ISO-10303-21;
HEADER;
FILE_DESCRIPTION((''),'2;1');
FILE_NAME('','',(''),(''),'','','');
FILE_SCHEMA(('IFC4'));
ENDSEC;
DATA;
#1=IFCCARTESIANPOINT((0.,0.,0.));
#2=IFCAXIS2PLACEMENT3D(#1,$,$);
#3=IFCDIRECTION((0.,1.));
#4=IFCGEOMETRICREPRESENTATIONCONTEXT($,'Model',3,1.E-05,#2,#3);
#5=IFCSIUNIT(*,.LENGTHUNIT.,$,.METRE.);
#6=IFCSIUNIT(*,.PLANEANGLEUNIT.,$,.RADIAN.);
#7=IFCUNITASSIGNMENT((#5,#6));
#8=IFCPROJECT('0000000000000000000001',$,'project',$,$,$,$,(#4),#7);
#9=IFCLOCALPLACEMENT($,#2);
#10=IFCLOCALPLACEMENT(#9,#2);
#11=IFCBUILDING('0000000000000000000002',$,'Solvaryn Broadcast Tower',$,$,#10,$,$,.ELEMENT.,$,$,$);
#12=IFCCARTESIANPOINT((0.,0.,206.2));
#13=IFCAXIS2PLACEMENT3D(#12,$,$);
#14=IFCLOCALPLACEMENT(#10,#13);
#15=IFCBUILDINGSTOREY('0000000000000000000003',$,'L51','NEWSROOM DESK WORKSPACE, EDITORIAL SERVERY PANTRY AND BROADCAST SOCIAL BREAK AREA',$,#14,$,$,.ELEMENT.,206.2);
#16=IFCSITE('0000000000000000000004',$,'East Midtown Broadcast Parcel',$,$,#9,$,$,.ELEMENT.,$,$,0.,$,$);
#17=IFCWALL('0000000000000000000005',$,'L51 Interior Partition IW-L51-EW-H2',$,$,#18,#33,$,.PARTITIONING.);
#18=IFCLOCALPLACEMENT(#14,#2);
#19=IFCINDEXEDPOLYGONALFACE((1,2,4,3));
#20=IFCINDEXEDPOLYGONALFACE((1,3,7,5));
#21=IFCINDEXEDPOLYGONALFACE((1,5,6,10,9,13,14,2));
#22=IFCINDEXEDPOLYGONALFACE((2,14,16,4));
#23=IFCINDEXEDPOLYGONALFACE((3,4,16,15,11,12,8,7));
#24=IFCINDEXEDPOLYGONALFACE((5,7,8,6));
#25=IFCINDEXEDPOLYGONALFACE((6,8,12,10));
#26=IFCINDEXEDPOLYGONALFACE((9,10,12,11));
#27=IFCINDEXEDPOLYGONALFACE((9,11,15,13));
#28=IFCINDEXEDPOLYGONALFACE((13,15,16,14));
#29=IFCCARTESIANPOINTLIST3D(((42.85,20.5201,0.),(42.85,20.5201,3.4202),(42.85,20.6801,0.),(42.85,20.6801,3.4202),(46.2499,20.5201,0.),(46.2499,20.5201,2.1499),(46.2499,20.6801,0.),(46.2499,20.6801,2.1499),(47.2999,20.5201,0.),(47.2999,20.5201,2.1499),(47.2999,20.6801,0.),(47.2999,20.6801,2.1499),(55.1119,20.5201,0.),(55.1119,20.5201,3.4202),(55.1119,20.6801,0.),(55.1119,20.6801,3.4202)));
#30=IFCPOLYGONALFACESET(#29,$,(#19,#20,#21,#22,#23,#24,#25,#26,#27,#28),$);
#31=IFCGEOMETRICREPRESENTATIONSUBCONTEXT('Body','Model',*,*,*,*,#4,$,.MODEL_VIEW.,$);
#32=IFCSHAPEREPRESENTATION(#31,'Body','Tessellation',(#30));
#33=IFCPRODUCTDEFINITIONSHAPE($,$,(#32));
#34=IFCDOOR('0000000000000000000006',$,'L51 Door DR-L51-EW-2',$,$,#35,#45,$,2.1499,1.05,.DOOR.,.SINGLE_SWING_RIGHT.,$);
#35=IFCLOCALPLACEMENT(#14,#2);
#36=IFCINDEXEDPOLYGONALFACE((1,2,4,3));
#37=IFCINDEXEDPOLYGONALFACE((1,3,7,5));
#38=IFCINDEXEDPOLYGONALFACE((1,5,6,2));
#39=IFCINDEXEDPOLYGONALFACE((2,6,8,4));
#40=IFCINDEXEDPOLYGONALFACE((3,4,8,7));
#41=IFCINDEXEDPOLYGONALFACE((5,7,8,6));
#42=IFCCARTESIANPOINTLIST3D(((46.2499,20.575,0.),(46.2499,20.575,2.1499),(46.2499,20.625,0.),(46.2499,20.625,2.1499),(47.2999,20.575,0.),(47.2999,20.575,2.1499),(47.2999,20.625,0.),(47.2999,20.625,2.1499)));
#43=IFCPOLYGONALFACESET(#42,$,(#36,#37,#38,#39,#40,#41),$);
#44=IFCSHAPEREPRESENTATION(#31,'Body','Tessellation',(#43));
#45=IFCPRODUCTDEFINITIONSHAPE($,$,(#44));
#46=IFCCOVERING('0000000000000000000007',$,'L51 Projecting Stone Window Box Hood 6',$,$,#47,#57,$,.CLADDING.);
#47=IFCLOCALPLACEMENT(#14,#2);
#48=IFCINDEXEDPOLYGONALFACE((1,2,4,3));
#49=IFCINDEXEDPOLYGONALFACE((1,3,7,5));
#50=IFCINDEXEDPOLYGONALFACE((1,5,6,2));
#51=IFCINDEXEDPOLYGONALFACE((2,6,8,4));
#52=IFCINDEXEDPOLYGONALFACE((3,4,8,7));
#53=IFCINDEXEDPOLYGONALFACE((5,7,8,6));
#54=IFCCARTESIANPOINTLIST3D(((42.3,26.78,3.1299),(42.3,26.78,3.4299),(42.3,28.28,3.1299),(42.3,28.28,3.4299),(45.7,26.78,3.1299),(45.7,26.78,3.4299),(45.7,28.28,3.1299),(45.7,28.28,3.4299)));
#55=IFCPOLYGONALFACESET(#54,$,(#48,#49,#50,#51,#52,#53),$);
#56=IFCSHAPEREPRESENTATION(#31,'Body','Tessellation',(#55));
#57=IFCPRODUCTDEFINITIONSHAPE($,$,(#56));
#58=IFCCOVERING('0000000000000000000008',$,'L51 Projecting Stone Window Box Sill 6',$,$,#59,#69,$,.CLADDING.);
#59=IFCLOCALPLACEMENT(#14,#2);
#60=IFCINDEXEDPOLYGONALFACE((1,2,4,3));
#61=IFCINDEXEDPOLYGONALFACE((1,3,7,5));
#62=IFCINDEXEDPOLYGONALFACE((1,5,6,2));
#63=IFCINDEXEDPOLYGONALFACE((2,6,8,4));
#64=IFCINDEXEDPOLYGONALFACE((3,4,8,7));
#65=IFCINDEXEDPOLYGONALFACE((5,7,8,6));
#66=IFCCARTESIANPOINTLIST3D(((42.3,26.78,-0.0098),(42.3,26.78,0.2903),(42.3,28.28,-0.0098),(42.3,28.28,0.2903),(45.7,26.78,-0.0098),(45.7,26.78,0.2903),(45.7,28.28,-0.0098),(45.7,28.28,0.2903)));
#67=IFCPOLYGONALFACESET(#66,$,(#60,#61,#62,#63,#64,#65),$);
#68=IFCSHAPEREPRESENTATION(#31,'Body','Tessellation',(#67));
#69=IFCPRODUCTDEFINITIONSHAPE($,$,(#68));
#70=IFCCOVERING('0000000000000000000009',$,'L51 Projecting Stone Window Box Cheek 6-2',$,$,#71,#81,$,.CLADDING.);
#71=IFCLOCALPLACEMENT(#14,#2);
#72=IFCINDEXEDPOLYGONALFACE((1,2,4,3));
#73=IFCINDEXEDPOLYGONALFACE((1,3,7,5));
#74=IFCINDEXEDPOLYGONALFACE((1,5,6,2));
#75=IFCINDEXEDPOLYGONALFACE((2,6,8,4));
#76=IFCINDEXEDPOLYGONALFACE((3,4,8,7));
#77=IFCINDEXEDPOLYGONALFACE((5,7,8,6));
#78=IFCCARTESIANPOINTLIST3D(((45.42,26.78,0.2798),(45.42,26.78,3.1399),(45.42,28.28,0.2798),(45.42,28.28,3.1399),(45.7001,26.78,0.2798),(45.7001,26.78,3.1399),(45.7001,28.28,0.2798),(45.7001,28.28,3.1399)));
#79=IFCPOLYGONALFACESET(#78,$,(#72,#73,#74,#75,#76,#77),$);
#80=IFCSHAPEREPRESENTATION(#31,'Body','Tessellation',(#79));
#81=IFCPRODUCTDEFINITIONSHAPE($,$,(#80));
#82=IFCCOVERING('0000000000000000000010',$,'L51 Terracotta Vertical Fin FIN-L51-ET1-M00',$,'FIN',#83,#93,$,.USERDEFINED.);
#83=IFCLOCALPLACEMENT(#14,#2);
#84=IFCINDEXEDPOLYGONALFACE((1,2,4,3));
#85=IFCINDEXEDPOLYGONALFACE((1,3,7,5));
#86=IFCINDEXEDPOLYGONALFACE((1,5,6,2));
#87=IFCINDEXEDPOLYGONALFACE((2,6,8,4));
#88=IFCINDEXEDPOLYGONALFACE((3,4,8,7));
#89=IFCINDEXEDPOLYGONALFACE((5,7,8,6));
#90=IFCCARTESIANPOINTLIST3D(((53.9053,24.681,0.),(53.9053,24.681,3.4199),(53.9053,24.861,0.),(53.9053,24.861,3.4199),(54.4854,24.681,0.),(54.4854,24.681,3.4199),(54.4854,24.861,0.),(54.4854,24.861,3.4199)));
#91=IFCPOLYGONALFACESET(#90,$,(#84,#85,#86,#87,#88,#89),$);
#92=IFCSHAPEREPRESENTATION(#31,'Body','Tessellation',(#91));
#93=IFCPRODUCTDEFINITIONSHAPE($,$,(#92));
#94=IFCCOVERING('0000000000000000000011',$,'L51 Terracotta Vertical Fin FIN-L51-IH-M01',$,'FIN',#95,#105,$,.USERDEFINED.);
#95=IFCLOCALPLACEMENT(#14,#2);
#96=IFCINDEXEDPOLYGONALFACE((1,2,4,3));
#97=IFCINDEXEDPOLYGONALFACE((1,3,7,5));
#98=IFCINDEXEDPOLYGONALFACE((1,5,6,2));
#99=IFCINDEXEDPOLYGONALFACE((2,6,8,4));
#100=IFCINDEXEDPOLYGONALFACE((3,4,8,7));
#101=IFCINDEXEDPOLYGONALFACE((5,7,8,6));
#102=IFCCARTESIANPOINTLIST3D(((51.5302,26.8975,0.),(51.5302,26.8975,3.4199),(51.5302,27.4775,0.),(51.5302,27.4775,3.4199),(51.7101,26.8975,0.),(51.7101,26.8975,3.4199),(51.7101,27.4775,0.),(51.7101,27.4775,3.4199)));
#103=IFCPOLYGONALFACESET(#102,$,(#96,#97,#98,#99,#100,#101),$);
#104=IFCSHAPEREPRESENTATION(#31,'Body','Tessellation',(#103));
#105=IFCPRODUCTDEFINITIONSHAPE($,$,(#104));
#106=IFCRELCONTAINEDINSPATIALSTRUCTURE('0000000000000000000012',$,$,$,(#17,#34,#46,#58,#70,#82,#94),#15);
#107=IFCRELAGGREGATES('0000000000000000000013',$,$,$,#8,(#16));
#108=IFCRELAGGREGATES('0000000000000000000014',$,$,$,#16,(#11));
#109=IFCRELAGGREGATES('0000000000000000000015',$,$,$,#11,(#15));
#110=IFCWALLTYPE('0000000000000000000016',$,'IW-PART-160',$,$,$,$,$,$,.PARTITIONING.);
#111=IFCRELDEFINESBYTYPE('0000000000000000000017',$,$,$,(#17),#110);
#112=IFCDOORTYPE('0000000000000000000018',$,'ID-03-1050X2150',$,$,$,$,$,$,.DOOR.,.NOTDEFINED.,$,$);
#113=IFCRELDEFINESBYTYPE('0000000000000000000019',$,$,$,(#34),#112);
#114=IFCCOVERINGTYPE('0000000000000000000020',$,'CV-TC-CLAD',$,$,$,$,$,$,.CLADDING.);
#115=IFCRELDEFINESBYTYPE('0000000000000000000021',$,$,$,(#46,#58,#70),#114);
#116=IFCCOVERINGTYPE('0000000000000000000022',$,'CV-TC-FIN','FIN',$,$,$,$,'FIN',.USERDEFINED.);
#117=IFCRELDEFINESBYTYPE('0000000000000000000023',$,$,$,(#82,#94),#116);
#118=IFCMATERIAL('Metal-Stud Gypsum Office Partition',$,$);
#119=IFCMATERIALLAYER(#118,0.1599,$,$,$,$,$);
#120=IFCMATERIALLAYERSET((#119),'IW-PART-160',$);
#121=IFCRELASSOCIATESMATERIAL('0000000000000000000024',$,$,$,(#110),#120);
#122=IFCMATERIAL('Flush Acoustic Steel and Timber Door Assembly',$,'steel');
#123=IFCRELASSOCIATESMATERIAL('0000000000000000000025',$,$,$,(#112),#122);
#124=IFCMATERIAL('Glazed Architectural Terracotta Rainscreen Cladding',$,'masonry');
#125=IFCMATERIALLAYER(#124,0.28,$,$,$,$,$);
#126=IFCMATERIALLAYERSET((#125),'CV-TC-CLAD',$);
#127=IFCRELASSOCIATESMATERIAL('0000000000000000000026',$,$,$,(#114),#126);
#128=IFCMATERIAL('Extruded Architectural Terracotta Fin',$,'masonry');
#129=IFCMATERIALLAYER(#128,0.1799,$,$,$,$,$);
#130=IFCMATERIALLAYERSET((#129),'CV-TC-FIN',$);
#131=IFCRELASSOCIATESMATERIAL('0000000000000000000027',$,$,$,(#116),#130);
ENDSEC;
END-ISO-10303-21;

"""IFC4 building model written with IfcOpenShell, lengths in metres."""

from ifc_helpers import new_model, si_unit, direction, frame, frame_2d, origin, origin_2d, place, context, subcontext, project, spatial, rectangle, extrude, material, layer, layer_set, type_object, element, fill, save


model = new_model("IFC4")

# Units and contexts
model_context = context("Model", 3, precision=1e-05, world=origin(), true_north=direction((0.0, 1.0)))
body_context = subcontext(model_context, "Body", "Model", "MODEL_VIEW")
ifc_project = project(units=[si_unit("LENGTHUNIT", "METRE"), si_unit("PLANEANGLEUNIT", "RADIAN")], contexts=[model_context])

# Site, building, storey
site_placement = place(None, origin())
site = spatial("IfcSite", under=ifc_project, at=site_placement, Name="East Midtown Broadcast Parcel", CompositionType="ELEMENT", RefElevation=0.0)
building_placement = place(site_placement, origin())
building = spatial("IfcBuilding", under=site, at=building_placement, Name="Solvaryn Broadcast Tower", CompositionType="ELEMENT")
storey_placement = place(building_placement, frame((0.0, 0.0, 206.2)))
storey = spatial("IfcBuildingStorey", under=building, at=storey_placement, Name="L51", Description="NEWSROOM DESK WORKSPACE, EDITORIAL SERVERY PANTRY AND BROADCAST SOCIAL BREAK AREA", CompositionType="ELEMENT", Elevation=206.2)

# Wall, opening, door
ifc_material_1 = material(Name="Metal-Stud Gypsum Office Partition")
ifc_layer_1 = layer(ifc_material_1, 0.1599)
ifc_layer_set_1 = layer_set([ifc_layer_1], Name="IW-PART-160")
wall_type_1 = type_object("IfcWallType", Name="IW-PART-160", PredefinedType="PARTITIONING", material=ifc_layer_set_1)
wall_1_placement = place(storey_placement, frame((42.8501, 20.6001, 0.0), z_axis=(0.0, 0.0, 1.0), x_axis=(1.0, 0.0, 0.0)))
wall_1 = element("IfcWall", 1, at=wall_1_placement, inside=storey, type_object=wall_type_1, Name="L51 Interior Partition IW-L51-EW-H2", PredefinedType="PARTITIONING", context=body_context, shape_type="SweptSolid", body=[
    extrude(rectangle(XDim=12.262, YDim=0.1599, at=frame_2d((6.1309, 0.0))), origin(), (0.0, 0.0, 1.0), 3.4202),
])
opening_1_placement = place(wall_1_placement, frame((3.3999, 0.0, 0.0)))
opening_1 = element("IfcOpeningElement", 2, at=opening_1_placement, cuts=wall_1, PredefinedType="OPENING", context=body_context, shape_type="SweptSolid", body=[
    extrude(rectangle(XDim=1.05, YDim=2.1499, at=frame_2d((0.5249, 1.075))), frame((0.0, 0.0901, 0.0), z_axis=(0.0, -1.0, 0.0), x_axis=(1.0, 0.0, 0.0)), (0.0, 0.0, 1.0), 0.1799),
])
ifc_material_2 = material(Name="Flush Acoustic Steel and Timber Door Assembly", Category="steel")
door_type_1 = type_object("IfcDoorType", Name="ID-03-1050X2150", OperationType="NOTDEFINED", PredefinedType="DOOR", material=ifc_material_2)
door_1_placement = place(opening_1_placement, origin())
door_1 = element("IfcDoor", 3, at=door_1_placement, inside=storey, type_object=door_type_1, Name="L51 Door DR-L51-EW-2", OperationType="SINGLE_SWING_RIGHT", OverallHeight=2.1499, OverallWidth=1.05, PredefinedType="DOOR", context=body_context, shape_type="SweptSolid", body=[
    extrude(rectangle(XDim=1.05, YDim=2.1499, at=frame_2d((0.5249, 1.075))), frame((0.0, 0.0249, 0.0), z_axis=(0.0, -1.0, 0.0), x_axis=(1.0, 0.0, 0.0)), (0.0, 0.0, 1.0), 0.05),
])
fill(opening_1, door_1)

# Coverings
ifc_material_3 = material(Name="Glazed Architectural Terracotta Rainscreen Cladding", Category="masonry")
ifc_layer_2 = layer(ifc_material_3, 0.28)
ifc_layer_set_2 = layer_set([ifc_layer_2], Name="CV-TC-CLAD")
covering_type_1 = type_object("IfcCoveringType", Name="CV-TC-CLAD", PredefinedType="CLADDING", material=ifc_layer_set_2)
for number, where, z_axis, x_axis, name in (
    (4, (44.0, 27.53, 3.1299), (0.0, 0.0, 1.0), (1.0, 0.0, 0.0), "L51 Projecting Stone Window Box Hood 6"),
    (5, (44.0, 27.53, -0.0098), (0.0, 0.0, 1.0), (1.0, 0.0, 0.0), "L51 Projecting Stone Window Box Sill 6"),
):
    element("IfcCovering", number, at=place(storey_placement, frame(where, z_axis=z_axis, x_axis=x_axis)), inside=storey, type_object=covering_type_1, Name=name, PredefinedType="CLADDING", context=body_context, shape_type="SweptSolid", body=[
        extrude(rectangle(XDim=3.3999, YDim=1.5, at=origin_2d()), origin(), (0.0, 0.0, 1.0), 0.3),
    ])
covering_1_placement = place(storey_placement, frame((45.5601, 27.53, 0.2798), z_axis=(0.0, 0.0, 1.0), x_axis=(1.0, 0.0, 0.0)))
element("IfcCovering", 6, at=covering_1_placement, inside=storey, type_object=covering_type_1, Name="L51 Projecting Stone Window Box Cheek 6-2", PredefinedType="CLADDING", context=body_context, shape_type="SweptSolid", body=[
    extrude(rectangle(XDim=0.28, YDim=1.5, at=origin_2d()), origin(), (0.0, 0.0, 1.0), 2.8601),
])
ifc_material_4 = material(Name="Extruded Architectural Terracotta Fin", Category="masonry")
ifc_layer_3 = layer(ifc_material_4, 0.1799)
ifc_layer_set_3 = layer_set([ifc_layer_3], Name="CV-TC-FIN")
covering_type_2 = type_object("IfcCoveringType", Name="CV-TC-FIN", Description="FIN", ElementType="FIN", PredefinedType="USERDEFINED", material=ifc_layer_set_3)
covering_2_placement = place(storey_placement, frame((54.1953, 24.771, 0.0), z_axis=(0.0, 0.0, 1.0), x_axis=(1.0, 0.0, 0.0)))
element("IfcCovering", 7, at=covering_2_placement, inside=storey, type_object=covering_type_2, Name="L51 Terracotta Vertical Fin FIN-L51-ET1-M00", ObjectType="FIN", PredefinedType="USERDEFINED", context=body_context, shape_type="SweptSolid", body=[
    extrude(rectangle(XDim=0.5801, YDim=0.1799, at=origin_2d()), origin(), (0.0, 0.0, 1.0), 3.4199),
])
covering_3_placement = place(storey_placement, frame((51.6201, 27.1875, 0.0), z_axis=(0.0, 0.0, 1.0), x_axis=(1.0, 0.0, 0.0)))
element("IfcCovering", 8, at=covering_3_placement, inside=storey, type_object=covering_type_2, Name="L51 Terracotta Vertical Fin FIN-L51-IH-M01", ObjectType="FIN", PredefinedType="USERDEFINED", context=body_context, shape_type="SweptSolid", body=[
    extrude(rectangle(XDim=0.1799, YDim=0.5801, at=origin_2d()), origin(), (0.0, 0.0, 1.0), 3.4199),
])

save(model, "model.ifc")
